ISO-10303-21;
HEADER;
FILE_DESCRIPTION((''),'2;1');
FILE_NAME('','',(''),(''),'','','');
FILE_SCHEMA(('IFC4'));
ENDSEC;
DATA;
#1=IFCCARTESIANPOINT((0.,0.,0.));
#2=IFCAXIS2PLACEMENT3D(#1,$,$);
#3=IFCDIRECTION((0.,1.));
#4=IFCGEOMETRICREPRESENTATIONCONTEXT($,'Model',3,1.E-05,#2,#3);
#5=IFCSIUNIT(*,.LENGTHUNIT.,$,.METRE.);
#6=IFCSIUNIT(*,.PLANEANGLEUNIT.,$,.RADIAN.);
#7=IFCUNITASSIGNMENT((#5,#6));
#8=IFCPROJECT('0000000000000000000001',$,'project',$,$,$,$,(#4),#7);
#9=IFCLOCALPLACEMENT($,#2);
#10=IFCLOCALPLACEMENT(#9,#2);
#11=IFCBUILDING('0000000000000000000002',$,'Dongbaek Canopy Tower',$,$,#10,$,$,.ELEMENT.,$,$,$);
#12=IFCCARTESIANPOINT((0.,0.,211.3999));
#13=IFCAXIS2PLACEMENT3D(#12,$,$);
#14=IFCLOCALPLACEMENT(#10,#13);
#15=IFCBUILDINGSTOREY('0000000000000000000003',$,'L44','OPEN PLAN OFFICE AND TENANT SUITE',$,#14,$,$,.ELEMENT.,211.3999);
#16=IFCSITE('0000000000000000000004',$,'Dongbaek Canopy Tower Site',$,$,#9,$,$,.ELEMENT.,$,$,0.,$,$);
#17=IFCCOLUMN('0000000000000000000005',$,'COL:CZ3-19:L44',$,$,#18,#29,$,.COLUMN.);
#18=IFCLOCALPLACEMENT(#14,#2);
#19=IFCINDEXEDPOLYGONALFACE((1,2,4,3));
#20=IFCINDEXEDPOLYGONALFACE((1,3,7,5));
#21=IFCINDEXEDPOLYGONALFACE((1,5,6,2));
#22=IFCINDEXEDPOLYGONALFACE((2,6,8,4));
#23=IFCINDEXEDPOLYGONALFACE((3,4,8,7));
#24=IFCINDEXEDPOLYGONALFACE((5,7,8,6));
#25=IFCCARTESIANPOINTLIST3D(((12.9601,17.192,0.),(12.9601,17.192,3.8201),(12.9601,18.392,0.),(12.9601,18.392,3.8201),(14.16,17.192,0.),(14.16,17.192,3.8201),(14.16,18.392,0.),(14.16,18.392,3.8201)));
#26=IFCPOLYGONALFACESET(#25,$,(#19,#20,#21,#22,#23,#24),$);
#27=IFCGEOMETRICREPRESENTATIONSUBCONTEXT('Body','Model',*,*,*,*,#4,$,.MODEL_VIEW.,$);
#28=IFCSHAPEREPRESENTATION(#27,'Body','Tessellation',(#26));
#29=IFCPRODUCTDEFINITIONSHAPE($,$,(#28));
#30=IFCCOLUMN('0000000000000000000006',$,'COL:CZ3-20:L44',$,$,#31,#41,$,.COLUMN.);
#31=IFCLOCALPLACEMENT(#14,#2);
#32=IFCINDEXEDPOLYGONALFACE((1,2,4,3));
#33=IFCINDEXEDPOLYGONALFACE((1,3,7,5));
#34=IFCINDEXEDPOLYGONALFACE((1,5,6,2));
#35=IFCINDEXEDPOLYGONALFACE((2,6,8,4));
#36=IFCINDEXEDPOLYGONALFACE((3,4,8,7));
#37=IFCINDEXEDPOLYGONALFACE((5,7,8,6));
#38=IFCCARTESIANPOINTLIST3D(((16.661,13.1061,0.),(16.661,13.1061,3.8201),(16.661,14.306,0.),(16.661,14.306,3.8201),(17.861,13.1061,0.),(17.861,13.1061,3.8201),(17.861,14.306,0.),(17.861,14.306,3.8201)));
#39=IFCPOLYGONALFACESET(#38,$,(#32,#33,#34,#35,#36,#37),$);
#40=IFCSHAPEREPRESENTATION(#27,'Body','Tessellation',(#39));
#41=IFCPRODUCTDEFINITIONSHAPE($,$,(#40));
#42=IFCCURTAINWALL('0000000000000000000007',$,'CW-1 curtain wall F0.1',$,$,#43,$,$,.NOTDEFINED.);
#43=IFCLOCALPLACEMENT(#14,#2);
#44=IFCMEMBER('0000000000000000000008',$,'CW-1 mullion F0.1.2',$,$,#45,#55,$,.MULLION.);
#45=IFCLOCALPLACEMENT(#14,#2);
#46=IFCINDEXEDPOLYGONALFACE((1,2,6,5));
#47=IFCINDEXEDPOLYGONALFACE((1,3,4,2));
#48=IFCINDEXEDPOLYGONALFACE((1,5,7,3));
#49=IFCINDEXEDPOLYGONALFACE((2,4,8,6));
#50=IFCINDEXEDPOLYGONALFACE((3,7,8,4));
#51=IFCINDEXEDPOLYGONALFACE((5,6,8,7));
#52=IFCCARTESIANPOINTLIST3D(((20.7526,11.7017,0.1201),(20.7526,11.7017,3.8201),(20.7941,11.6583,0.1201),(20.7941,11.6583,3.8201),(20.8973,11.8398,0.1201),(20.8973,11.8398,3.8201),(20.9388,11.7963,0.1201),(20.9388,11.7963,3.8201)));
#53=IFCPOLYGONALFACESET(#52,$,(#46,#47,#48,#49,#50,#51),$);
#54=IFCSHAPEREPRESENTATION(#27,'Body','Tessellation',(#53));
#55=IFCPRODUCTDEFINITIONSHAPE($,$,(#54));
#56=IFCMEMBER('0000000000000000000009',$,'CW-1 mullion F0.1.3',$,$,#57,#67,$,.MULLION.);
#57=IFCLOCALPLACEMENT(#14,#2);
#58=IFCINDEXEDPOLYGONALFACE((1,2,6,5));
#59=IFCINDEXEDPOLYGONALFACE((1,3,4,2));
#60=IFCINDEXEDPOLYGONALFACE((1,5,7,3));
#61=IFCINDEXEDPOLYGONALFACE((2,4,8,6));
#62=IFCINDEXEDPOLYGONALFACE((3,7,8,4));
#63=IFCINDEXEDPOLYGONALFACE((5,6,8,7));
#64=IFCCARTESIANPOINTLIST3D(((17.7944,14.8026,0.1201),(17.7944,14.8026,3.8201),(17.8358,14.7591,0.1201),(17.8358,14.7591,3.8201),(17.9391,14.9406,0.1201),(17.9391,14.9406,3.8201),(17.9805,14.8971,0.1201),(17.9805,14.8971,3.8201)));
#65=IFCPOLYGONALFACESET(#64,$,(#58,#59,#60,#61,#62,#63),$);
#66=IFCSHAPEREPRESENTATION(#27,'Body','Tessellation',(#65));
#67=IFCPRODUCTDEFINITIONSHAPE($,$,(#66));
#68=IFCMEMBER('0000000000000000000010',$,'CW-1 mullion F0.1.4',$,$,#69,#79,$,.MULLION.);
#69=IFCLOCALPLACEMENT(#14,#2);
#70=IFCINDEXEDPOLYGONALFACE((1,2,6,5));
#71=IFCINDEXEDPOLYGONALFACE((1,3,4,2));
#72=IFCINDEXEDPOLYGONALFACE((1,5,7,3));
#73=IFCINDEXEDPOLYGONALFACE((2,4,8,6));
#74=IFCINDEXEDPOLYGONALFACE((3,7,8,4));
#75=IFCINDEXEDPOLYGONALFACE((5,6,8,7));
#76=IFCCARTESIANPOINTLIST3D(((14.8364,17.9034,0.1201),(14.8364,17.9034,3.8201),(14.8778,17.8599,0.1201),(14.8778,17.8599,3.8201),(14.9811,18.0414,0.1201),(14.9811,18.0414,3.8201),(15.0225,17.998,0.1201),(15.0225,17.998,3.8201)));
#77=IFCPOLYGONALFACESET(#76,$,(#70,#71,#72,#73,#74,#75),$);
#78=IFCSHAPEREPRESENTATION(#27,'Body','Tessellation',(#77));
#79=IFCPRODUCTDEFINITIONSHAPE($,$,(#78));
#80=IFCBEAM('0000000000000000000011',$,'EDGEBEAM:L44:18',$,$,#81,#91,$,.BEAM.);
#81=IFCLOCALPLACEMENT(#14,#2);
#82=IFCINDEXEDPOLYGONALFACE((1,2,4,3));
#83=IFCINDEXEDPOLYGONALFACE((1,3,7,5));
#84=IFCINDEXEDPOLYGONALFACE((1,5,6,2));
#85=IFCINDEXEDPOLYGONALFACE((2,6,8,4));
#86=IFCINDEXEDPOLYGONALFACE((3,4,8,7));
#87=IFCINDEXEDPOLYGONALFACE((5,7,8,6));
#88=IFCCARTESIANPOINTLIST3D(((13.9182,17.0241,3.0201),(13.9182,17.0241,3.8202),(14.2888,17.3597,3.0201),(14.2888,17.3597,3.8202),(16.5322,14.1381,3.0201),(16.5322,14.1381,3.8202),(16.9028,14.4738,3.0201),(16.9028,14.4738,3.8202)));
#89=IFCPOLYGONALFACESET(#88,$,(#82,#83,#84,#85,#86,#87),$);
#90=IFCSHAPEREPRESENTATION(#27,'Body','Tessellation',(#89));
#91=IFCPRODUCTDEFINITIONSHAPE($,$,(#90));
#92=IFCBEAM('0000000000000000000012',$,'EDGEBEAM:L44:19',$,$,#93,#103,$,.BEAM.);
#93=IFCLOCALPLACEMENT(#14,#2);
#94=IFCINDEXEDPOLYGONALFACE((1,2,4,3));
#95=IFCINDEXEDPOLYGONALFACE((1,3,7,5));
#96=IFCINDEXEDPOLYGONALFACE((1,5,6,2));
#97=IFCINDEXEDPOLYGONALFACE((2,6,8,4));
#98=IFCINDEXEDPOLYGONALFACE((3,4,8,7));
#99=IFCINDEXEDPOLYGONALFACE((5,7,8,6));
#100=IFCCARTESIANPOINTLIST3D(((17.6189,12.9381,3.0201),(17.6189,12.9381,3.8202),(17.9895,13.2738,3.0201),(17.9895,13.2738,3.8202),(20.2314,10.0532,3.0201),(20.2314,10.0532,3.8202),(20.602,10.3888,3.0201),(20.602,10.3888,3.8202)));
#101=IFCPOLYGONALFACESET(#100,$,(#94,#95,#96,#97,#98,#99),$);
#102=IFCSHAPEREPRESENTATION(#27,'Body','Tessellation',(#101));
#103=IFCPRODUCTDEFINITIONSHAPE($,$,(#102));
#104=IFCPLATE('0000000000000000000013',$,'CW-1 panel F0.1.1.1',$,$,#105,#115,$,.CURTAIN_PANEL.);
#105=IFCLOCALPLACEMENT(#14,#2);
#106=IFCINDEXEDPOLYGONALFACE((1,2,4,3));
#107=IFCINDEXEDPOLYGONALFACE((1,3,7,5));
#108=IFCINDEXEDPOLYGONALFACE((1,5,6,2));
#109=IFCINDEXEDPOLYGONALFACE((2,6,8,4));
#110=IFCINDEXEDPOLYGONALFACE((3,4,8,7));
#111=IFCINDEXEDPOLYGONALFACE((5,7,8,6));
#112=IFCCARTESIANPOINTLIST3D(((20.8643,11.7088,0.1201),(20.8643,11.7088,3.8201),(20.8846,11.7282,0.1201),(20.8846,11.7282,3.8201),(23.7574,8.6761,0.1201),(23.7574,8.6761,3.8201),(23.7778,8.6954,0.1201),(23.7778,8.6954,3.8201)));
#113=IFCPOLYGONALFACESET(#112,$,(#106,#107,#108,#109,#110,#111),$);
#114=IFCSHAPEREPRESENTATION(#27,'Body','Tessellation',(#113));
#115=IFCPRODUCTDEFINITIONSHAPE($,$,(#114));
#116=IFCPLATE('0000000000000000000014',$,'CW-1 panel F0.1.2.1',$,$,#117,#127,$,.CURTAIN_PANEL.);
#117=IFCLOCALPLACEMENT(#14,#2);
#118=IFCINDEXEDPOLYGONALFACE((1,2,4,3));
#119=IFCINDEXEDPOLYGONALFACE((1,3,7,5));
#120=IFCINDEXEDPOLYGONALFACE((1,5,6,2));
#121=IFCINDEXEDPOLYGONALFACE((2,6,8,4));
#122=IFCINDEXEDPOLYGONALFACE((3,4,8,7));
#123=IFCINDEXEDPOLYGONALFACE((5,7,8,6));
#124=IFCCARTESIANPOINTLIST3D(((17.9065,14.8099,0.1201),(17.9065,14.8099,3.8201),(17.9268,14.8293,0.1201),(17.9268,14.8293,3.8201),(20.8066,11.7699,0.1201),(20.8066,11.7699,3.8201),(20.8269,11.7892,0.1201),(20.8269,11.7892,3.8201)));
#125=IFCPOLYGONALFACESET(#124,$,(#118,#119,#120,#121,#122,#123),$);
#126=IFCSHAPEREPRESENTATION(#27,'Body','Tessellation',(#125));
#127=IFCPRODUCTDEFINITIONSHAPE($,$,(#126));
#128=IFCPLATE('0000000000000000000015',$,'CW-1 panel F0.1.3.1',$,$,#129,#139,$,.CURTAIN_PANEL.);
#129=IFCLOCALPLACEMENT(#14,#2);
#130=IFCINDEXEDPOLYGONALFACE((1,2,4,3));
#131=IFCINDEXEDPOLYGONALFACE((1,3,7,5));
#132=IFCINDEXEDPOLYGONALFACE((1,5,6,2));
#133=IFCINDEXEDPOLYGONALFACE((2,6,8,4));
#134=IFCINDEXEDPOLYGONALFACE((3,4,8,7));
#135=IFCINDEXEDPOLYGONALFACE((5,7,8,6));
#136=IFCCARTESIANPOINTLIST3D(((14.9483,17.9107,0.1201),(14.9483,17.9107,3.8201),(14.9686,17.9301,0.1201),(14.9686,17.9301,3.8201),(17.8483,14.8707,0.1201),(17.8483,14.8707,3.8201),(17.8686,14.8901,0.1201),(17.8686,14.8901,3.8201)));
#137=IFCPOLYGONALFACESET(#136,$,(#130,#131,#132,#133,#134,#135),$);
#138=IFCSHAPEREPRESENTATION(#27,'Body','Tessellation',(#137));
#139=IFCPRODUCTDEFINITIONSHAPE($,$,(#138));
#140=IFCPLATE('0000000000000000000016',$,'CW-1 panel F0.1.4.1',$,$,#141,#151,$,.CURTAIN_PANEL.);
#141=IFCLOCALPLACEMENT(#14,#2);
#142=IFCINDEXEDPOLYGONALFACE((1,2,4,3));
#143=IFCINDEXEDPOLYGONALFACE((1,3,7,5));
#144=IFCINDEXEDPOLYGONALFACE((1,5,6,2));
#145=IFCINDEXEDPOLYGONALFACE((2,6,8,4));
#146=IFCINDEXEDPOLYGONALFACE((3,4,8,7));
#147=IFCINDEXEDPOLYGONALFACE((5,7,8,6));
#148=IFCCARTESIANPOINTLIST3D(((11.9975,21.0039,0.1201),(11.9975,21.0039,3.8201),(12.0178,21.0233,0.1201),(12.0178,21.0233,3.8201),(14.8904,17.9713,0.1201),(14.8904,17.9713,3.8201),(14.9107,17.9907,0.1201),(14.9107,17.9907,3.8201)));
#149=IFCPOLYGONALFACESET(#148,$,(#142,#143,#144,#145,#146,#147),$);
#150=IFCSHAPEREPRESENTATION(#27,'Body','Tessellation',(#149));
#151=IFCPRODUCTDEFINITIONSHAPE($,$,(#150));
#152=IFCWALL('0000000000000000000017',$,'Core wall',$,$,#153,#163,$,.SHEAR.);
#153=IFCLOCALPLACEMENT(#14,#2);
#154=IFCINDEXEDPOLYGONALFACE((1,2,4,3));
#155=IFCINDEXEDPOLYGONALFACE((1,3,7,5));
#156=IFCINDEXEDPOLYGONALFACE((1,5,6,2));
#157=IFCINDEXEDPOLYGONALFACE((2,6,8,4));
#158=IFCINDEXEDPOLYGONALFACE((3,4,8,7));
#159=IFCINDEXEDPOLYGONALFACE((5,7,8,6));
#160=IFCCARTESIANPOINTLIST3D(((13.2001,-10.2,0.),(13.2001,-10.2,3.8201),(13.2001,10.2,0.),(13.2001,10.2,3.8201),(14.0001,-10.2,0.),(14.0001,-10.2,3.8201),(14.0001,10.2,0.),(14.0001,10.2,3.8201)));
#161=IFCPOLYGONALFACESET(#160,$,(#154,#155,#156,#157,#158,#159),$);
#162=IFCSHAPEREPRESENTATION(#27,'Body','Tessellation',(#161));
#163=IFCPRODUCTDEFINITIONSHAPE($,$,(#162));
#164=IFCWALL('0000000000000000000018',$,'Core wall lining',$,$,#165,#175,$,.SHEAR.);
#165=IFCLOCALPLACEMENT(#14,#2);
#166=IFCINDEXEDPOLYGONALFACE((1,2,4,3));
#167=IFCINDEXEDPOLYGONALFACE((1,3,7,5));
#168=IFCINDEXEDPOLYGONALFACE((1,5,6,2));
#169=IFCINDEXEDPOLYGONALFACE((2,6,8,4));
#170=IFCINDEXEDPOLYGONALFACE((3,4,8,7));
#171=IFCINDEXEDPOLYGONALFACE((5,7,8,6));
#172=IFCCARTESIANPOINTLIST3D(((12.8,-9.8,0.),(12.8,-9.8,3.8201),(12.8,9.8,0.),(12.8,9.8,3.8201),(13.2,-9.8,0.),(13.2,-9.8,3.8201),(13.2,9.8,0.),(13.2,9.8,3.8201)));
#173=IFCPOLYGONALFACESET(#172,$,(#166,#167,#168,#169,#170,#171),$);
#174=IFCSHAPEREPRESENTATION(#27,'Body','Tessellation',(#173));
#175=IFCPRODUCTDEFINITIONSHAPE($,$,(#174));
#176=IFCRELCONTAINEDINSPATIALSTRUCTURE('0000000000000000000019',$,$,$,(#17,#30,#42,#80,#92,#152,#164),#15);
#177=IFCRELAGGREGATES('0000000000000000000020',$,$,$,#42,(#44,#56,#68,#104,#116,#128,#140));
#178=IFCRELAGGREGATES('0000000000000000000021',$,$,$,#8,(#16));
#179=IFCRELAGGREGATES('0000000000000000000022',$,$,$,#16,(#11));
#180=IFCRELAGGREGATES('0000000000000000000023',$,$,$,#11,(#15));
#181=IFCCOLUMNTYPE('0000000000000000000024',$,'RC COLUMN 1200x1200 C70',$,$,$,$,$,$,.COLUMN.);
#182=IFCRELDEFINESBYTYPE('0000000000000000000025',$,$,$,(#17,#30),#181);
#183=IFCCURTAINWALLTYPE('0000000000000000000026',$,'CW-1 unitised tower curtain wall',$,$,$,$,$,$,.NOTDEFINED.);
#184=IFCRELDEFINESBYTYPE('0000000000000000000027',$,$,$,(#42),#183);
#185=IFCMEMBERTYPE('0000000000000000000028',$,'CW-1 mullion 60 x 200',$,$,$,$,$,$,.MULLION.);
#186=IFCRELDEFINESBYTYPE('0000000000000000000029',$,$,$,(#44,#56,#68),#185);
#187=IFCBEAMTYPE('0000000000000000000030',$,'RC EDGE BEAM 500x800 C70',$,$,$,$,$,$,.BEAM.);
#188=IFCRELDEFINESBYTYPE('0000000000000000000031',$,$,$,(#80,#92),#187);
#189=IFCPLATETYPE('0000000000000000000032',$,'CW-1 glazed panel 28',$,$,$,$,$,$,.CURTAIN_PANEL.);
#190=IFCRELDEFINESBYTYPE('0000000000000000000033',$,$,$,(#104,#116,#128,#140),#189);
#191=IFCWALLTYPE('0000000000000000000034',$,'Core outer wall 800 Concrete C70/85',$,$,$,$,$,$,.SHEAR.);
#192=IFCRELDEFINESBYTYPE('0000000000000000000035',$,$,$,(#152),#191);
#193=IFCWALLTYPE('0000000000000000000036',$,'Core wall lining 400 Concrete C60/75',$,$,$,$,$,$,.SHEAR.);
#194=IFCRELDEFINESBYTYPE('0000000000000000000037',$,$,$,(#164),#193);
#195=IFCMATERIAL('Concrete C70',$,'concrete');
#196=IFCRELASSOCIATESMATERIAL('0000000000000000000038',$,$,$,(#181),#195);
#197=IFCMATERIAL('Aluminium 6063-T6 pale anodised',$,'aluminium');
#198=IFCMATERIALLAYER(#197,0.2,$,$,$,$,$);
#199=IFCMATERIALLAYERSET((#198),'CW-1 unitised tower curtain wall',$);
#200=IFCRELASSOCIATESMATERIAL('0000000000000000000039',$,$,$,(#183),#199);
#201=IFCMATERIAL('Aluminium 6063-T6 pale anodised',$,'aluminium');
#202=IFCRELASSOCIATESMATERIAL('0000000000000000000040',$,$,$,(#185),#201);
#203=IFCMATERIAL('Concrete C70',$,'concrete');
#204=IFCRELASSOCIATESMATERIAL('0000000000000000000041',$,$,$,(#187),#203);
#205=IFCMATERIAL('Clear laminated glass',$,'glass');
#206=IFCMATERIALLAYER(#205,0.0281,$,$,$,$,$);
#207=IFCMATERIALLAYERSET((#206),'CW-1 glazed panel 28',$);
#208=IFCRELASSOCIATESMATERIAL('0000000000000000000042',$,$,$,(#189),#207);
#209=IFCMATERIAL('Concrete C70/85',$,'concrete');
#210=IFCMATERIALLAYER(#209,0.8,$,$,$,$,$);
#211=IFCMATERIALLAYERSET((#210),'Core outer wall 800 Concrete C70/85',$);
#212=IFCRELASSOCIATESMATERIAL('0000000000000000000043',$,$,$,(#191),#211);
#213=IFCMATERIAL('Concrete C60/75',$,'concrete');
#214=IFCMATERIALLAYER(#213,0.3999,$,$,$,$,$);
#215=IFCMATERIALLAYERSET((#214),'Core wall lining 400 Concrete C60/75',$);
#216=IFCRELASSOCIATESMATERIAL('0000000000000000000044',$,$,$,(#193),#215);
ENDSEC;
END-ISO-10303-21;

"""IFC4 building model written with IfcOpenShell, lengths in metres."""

from ifc_helpers import new_model, si_unit, direction, frame, frame_2d, origin, origin_2d, place, context, subcontext, project, spatial, rectangle, extrude, material, layer, layer_set, material_profile, profile_set, type_object, element, aggregate, save


model = new_model("IFC4")

# Units and contexts
model_context = context("Model", 3, precision=1e-05, world=origin(), true_north=direction((0.0, 1.0)))
body_context = subcontext(model_context, "Body", "Model", "MODEL_VIEW")
ifc_project = project(units=[si_unit("LENGTHUNIT", "METRE"), si_unit("PLANEANGLEUNIT", "RADIAN")], contexts=[model_context])

# Site, building, storey
site_placement = place(None, origin())
site = spatial("IfcSite", under=ifc_project, at=site_placement, Name="Dongbaek Canopy Tower Site", CompositionType="ELEMENT", RefElevation=0.0)
building_placement = place(site_placement, origin())
building = spatial("IfcBuilding", under=site, at=building_placement, Name="Dongbaek Canopy Tower", CompositionType="ELEMENT")
storey_placement = place(building_placement, frame((0.0, 0.0, 211.3999)))
storey = spatial("IfcBuildingStorey", under=building, at=storey_placement, Name="L44", Description="OPEN PLAN OFFICE AND TENANT SUITE", CompositionType="ELEMENT", Elevation=211.3999)

# Columns
ifc_material_1 = material(Name="Concrete C70", Category="concrete")
ifc_material_profile_1 = material_profile(ifc_material_1, rectangle(XDim=1.2, YDim=1.2, at=origin_2d()), Name="RC COLUMN 1200x1200 C70")
ifc_profile_set_1 = profile_set([ifc_material_profile_1], Name="Concrete C70")
column_type = type_object("IfcColumnType", Name="RC COLUMN 1200x1200 C70", PredefinedType="COLUMN", material=ifc_profile_set_1)
for number, where, z_axis, x_axis, name in (
    (1, (13.5601, 17.792, 0.0), (0.0, 0.0, 1.0), (1.0, 0.0, 0.0), "COL:CZ3-19:L44"),
    (2, (17.261, 13.7061, 0.0), (0.0, 0.0, 1.0), (1.0, 0.0, 0.0), "COL:CZ3-20:L44"),
):
    element("IfcColumn", number, at=place(storey_placement, frame(where, z_axis=z_axis, x_axis=x_axis)), inside=storey, type_object=column_type, Name=name, PredefinedType="COLUMN", context=body_context, shape_type="SweptSolid", body=[
        extrude(rectangle(XDim=1.2, YDim=1.2, at=origin_2d()), origin(), (0.0, 0.0, 1.0), 3.8201),
    ])

# Curtain wall, members
ifc_material_2 = material(Name="Aluminium 6063-T6 pale anodised", Category="aluminium")
ifc_layer_1 = layer(ifc_material_2, 0.2)
ifc_layer_set_1 = layer_set([ifc_layer_1], Name="CW-1 unitised tower curtain wall")
curtain_wall_type = type_object("IfcCurtainWallType", Name="CW-1 unitised tower curtain wall", PredefinedType="NOTDEFINED", material=ifc_layer_set_1)
curtain_wall_placement = place(storey_placement, origin())
curtain_wall = element("IfcCurtainWall", 3, at=curtain_wall_placement, inside=storey, type_object=curtain_wall_type, Name="CW-1 curtain wall F0.1", PredefinedType="NOTDEFINED")
ifc_material_3 = material(Name="Aluminium 6063-T6 pale anodised", Category="aluminium")
ifc_material_profile_2 = material_profile(ifc_material_3, rectangle(XDim=0.2, YDim=0.0601, at=origin_2d()), Name="CW-1 mullion 60 x 200")
ifc_profile_set_2 = profile_set([ifc_material_profile_2], Name="Aluminium 6063-T6 pale anodised")
member_type = type_object("IfcMemberType", Name="CW-1 mullion 60 x 200", PredefinedType="MULLION", material=ifc_profile_set_2)
member_1_placement = place(storey_placement, frame((20.8457, 11.749, 0.1201), z_axis=(0.0, 0.0, 1.0), x_axis=(0.723571, 0.69025, 0.0)))
member_1 = element("IfcMember", 4, at=member_1_placement, type_object=member_type, Name="CW-1 mullion F0.1.2", PredefinedType="MULLION", context=body_context, shape_type="SweptSolid", body=[
    extrude(rectangle(XDim=0.2, YDim=0.0601, at=origin_2d()), origin(), (0.0, 0.0, 1.0), 3.7),
])
member_2_placement = place(storey_placement, frame((17.8875, 14.8499, 0.1201), z_axis=(0.0, 0.0, 1.0), x_axis=(0.723571, 0.69025, 0.0)))
member_2 = element("IfcMember", 5, at=member_2_placement, type_object=member_type, Name="CW-1 mullion F0.1.3", PredefinedType="MULLION", context=body_context, shape_type="SweptSolid", body=[
    extrude(rectangle(XDim=0.2, YDim=0.0601, at=origin_2d()), origin(), (0.0, 0.0, 1.0), 3.7),
])
member_3_placement = place(storey_placement, frame((14.9294, 17.9507, 0.1201), z_axis=(0.0, 0.0, 1.0), x_axis=(0.723571, 0.69025, 0.0)))
member_3 = element("IfcMember", 6, at=member_3_placement, type_object=member_type, Name="CW-1 mullion F0.1.4", PredefinedType="MULLION", context=body_context, shape_type="SweptSolid", body=[
    extrude(rectangle(XDim=0.2, YDim=0.0601, at=origin_2d()), origin(), (0.0, 0.0, 1.0), 3.7),
])

# Beams
ifc_material_4 = material(Name="Concrete C70", Category="concrete")
ifc_material_profile_3 = material_profile(ifc_material_4, rectangle(XDim=0.5, YDim=0.8, at=origin_2d()), Name="RC EDGE BEAM 500x800 C70")
ifc_profile_set_3 = profile_set([ifc_material_profile_3], Name="Concrete C70")
beam_type = type_object("IfcBeamType", Name="RC EDGE BEAM 500x800 C70", PredefinedType="BEAM", material=ifc_profile_set_3)
beam_1_placement = place(storey_placement, frame((14.1035, 17.1919, 3.4202), z_axis=(0.67132, -0.741167, 0.0), x_axis=(0.741167, 0.67132, 0.0)))
element("IfcBeam", 7, at=beam_1_placement, inside=storey, type_object=beam_type, Name="EDGEBEAM:L44:18", PredefinedType="BEAM", context=body_context, shape_type="SweptSolid", body=[
    extrude(rectangle(XDim=0.5, YDim=0.8, at=origin_2d()), origin(), (0.0, 0.0, 1.0), 3.8938),
])
beam_2_placement = place(storey_placement, frame((17.8042, 13.106, 3.4202), z_axis=(0.671238, -0.741241, 0.0), x_axis=(0.741241, 0.671238, 0.0)))
element("IfcBeam", 8, at=beam_2_placement, inside=storey, type_object=beam_type, Name="EDGEBEAM:L44:19", PredefinedType="BEAM", context=body_context, shape_type="SweptSolid", body=[
    extrude(rectangle(XDim=0.5, YDim=0.8, at=origin_2d()), origin(), (0.0, 0.0, 1.0), 3.8921),
])

# Plates
ifc_material_5 = material(Name="Clear laminated glass", Category="glass")
ifc_layer_2 = layer(ifc_material_5, 0.0281)
ifc_layer_set_2 = layer_set([ifc_layer_2], Name="CW-1 glazed panel 28")
plate_type = type_object("IfcPlateType", Name="CW-1 glazed panel 28", PredefinedType="CURTAIN_PANEL", material=ifc_layer_set_2)
plate_1_placement = place(storey_placement, frame((22.321, 10.2021, 0.1201), z_axis=(0.0, 0.0, 1.0), x_axis=(-0.69025, 0.723571, 0.0)))
plate_1 = element("IfcPlate", 9, at=plate_1_placement, type_object=plate_type, Name="CW-1 panel F0.1.1.1", PredefinedType="CURTAIN_PANEL", context=body_context, shape_type="SweptSolid", body=[
    extrude(rectangle(XDim=4.1914, YDim=0.0281, at=origin_2d()), origin(), (0.0, 0.0, 1.0), 3.7),
])
plate_2_placement = place(storey_placement, frame((19.3667, 13.2996, 0.1201), z_axis=(0.0, 0.0, 1.0), x_axis=(-0.69025, 0.723571, 0.0)))
plate_2 = element("IfcPlate", 10, at=plate_2_placement, type_object=plate_type, Name="CW-1 panel F0.1.2.1", PredefinedType="CURTAIN_PANEL", context=body_context, shape_type="SweptSolid", body=[
    extrude(rectangle(XDim=4.2014, YDim=0.0281, at=origin_2d()), origin(), (0.0, 0.0, 1.0), 3.7),
])
plate_3_placement = place(storey_placement, frame((16.4084, 16.4004, 0.1201), z_axis=(0.0, 0.0, 1.0), x_axis=(-0.69025, 0.723571, 0.0)))
plate_3 = element("IfcPlate", 11, at=plate_3_placement, type_object=plate_type, Name="CW-1 panel F0.1.3.1", PredefinedType="CURTAIN_PANEL", context=body_context, shape_type="SweptSolid", body=[
    extrude(rectangle(XDim=4.2014, YDim=0.0281, at=origin_2d()), origin(), (0.0, 0.0, 1.0), 3.7),
])
plate_4_placement = place(storey_placement, frame((13.4541, 19.4973, 0.1201), z_axis=(0.0, 0.0, 1.0), x_axis=(-0.69025, 0.723571, 0.0)))
plate_4 = element("IfcPlate", 12, at=plate_4_placement, type_object=plate_type, Name="CW-1 panel F0.1.4.1", PredefinedType="CURTAIN_PANEL", context=body_context, shape_type="SweptSolid", body=[
    extrude(rectangle(XDim=4.1912, YDim=0.0281, at=origin_2d()), origin(), (0.0, 0.0, 1.0), 3.7),
])

# Walls
ifc_material_6 = material(Name="Concrete C70/85", Category="concrete")
ifc_layer_3 = layer(ifc_material_6, 0.8)
ifc_layer_set_3 = layer_set([ifc_layer_3], Name="Core outer wall 800 Concrete C70/85")
wall_type_1 = type_object("IfcWallType", Name="Core outer wall 800 Concrete C70/85", PredefinedType="SHEAR", material=ifc_layer_set_3)
wall_1_placement = place(storey_placement, frame((13.6001, 10.2, 0.0), z_axis=(0.0, 0.0, 1.0), x_axis=(0.0, -1.0, 0.0)))
element("IfcWall", 13, at=wall_1_placement, inside=storey, type_object=wall_type_1, Name="Core wall", PredefinedType="SHEAR", context=body_context, shape_type="SweptSolid", body=[
    extrude(rectangle(XDim=20.3999, YDim=0.8, at=frame_2d((10.2, 0.0))), origin(), (0.0, 0.0, 1.0), 3.8201),
])
ifc_material_7 = material(Name="Concrete C60/75", Category="concrete")
ifc_layer_4 = layer(ifc_material_7, 0.3999)
ifc_layer_set_4 = layer_set([ifc_layer_4], Name="Core wall lining 400 Concrete C60/75")
wall_type_2 = type_object("IfcWallType", Name="Core wall lining 400 Concrete C60/75", PredefinedType="SHEAR", material=ifc_layer_set_4)
wall_2_placement = place(storey_placement, frame((13.0, 9.8, 0.0), z_axis=(0.0, 0.0, 1.0), x_axis=(0.0, -1.0, 0.0)))
element("IfcWall", 14, at=wall_2_placement, inside=storey, type_object=wall_type_2, Name="Core wall lining", PredefinedType="SHEAR", context=body_context, shape_type="SweptSolid", body=[
    extrude(rectangle(XDim=19.6001, YDim=0.3999, at=frame_2d((9.8, 0.0))), origin(), (0.0, 0.0, 1.0), 3.8201),
])

aggregate(curtain_wall, [member_1, member_2, member_3, plate_1, plate_2, plate_3, plate_4])

save(model, "model.ifc")
